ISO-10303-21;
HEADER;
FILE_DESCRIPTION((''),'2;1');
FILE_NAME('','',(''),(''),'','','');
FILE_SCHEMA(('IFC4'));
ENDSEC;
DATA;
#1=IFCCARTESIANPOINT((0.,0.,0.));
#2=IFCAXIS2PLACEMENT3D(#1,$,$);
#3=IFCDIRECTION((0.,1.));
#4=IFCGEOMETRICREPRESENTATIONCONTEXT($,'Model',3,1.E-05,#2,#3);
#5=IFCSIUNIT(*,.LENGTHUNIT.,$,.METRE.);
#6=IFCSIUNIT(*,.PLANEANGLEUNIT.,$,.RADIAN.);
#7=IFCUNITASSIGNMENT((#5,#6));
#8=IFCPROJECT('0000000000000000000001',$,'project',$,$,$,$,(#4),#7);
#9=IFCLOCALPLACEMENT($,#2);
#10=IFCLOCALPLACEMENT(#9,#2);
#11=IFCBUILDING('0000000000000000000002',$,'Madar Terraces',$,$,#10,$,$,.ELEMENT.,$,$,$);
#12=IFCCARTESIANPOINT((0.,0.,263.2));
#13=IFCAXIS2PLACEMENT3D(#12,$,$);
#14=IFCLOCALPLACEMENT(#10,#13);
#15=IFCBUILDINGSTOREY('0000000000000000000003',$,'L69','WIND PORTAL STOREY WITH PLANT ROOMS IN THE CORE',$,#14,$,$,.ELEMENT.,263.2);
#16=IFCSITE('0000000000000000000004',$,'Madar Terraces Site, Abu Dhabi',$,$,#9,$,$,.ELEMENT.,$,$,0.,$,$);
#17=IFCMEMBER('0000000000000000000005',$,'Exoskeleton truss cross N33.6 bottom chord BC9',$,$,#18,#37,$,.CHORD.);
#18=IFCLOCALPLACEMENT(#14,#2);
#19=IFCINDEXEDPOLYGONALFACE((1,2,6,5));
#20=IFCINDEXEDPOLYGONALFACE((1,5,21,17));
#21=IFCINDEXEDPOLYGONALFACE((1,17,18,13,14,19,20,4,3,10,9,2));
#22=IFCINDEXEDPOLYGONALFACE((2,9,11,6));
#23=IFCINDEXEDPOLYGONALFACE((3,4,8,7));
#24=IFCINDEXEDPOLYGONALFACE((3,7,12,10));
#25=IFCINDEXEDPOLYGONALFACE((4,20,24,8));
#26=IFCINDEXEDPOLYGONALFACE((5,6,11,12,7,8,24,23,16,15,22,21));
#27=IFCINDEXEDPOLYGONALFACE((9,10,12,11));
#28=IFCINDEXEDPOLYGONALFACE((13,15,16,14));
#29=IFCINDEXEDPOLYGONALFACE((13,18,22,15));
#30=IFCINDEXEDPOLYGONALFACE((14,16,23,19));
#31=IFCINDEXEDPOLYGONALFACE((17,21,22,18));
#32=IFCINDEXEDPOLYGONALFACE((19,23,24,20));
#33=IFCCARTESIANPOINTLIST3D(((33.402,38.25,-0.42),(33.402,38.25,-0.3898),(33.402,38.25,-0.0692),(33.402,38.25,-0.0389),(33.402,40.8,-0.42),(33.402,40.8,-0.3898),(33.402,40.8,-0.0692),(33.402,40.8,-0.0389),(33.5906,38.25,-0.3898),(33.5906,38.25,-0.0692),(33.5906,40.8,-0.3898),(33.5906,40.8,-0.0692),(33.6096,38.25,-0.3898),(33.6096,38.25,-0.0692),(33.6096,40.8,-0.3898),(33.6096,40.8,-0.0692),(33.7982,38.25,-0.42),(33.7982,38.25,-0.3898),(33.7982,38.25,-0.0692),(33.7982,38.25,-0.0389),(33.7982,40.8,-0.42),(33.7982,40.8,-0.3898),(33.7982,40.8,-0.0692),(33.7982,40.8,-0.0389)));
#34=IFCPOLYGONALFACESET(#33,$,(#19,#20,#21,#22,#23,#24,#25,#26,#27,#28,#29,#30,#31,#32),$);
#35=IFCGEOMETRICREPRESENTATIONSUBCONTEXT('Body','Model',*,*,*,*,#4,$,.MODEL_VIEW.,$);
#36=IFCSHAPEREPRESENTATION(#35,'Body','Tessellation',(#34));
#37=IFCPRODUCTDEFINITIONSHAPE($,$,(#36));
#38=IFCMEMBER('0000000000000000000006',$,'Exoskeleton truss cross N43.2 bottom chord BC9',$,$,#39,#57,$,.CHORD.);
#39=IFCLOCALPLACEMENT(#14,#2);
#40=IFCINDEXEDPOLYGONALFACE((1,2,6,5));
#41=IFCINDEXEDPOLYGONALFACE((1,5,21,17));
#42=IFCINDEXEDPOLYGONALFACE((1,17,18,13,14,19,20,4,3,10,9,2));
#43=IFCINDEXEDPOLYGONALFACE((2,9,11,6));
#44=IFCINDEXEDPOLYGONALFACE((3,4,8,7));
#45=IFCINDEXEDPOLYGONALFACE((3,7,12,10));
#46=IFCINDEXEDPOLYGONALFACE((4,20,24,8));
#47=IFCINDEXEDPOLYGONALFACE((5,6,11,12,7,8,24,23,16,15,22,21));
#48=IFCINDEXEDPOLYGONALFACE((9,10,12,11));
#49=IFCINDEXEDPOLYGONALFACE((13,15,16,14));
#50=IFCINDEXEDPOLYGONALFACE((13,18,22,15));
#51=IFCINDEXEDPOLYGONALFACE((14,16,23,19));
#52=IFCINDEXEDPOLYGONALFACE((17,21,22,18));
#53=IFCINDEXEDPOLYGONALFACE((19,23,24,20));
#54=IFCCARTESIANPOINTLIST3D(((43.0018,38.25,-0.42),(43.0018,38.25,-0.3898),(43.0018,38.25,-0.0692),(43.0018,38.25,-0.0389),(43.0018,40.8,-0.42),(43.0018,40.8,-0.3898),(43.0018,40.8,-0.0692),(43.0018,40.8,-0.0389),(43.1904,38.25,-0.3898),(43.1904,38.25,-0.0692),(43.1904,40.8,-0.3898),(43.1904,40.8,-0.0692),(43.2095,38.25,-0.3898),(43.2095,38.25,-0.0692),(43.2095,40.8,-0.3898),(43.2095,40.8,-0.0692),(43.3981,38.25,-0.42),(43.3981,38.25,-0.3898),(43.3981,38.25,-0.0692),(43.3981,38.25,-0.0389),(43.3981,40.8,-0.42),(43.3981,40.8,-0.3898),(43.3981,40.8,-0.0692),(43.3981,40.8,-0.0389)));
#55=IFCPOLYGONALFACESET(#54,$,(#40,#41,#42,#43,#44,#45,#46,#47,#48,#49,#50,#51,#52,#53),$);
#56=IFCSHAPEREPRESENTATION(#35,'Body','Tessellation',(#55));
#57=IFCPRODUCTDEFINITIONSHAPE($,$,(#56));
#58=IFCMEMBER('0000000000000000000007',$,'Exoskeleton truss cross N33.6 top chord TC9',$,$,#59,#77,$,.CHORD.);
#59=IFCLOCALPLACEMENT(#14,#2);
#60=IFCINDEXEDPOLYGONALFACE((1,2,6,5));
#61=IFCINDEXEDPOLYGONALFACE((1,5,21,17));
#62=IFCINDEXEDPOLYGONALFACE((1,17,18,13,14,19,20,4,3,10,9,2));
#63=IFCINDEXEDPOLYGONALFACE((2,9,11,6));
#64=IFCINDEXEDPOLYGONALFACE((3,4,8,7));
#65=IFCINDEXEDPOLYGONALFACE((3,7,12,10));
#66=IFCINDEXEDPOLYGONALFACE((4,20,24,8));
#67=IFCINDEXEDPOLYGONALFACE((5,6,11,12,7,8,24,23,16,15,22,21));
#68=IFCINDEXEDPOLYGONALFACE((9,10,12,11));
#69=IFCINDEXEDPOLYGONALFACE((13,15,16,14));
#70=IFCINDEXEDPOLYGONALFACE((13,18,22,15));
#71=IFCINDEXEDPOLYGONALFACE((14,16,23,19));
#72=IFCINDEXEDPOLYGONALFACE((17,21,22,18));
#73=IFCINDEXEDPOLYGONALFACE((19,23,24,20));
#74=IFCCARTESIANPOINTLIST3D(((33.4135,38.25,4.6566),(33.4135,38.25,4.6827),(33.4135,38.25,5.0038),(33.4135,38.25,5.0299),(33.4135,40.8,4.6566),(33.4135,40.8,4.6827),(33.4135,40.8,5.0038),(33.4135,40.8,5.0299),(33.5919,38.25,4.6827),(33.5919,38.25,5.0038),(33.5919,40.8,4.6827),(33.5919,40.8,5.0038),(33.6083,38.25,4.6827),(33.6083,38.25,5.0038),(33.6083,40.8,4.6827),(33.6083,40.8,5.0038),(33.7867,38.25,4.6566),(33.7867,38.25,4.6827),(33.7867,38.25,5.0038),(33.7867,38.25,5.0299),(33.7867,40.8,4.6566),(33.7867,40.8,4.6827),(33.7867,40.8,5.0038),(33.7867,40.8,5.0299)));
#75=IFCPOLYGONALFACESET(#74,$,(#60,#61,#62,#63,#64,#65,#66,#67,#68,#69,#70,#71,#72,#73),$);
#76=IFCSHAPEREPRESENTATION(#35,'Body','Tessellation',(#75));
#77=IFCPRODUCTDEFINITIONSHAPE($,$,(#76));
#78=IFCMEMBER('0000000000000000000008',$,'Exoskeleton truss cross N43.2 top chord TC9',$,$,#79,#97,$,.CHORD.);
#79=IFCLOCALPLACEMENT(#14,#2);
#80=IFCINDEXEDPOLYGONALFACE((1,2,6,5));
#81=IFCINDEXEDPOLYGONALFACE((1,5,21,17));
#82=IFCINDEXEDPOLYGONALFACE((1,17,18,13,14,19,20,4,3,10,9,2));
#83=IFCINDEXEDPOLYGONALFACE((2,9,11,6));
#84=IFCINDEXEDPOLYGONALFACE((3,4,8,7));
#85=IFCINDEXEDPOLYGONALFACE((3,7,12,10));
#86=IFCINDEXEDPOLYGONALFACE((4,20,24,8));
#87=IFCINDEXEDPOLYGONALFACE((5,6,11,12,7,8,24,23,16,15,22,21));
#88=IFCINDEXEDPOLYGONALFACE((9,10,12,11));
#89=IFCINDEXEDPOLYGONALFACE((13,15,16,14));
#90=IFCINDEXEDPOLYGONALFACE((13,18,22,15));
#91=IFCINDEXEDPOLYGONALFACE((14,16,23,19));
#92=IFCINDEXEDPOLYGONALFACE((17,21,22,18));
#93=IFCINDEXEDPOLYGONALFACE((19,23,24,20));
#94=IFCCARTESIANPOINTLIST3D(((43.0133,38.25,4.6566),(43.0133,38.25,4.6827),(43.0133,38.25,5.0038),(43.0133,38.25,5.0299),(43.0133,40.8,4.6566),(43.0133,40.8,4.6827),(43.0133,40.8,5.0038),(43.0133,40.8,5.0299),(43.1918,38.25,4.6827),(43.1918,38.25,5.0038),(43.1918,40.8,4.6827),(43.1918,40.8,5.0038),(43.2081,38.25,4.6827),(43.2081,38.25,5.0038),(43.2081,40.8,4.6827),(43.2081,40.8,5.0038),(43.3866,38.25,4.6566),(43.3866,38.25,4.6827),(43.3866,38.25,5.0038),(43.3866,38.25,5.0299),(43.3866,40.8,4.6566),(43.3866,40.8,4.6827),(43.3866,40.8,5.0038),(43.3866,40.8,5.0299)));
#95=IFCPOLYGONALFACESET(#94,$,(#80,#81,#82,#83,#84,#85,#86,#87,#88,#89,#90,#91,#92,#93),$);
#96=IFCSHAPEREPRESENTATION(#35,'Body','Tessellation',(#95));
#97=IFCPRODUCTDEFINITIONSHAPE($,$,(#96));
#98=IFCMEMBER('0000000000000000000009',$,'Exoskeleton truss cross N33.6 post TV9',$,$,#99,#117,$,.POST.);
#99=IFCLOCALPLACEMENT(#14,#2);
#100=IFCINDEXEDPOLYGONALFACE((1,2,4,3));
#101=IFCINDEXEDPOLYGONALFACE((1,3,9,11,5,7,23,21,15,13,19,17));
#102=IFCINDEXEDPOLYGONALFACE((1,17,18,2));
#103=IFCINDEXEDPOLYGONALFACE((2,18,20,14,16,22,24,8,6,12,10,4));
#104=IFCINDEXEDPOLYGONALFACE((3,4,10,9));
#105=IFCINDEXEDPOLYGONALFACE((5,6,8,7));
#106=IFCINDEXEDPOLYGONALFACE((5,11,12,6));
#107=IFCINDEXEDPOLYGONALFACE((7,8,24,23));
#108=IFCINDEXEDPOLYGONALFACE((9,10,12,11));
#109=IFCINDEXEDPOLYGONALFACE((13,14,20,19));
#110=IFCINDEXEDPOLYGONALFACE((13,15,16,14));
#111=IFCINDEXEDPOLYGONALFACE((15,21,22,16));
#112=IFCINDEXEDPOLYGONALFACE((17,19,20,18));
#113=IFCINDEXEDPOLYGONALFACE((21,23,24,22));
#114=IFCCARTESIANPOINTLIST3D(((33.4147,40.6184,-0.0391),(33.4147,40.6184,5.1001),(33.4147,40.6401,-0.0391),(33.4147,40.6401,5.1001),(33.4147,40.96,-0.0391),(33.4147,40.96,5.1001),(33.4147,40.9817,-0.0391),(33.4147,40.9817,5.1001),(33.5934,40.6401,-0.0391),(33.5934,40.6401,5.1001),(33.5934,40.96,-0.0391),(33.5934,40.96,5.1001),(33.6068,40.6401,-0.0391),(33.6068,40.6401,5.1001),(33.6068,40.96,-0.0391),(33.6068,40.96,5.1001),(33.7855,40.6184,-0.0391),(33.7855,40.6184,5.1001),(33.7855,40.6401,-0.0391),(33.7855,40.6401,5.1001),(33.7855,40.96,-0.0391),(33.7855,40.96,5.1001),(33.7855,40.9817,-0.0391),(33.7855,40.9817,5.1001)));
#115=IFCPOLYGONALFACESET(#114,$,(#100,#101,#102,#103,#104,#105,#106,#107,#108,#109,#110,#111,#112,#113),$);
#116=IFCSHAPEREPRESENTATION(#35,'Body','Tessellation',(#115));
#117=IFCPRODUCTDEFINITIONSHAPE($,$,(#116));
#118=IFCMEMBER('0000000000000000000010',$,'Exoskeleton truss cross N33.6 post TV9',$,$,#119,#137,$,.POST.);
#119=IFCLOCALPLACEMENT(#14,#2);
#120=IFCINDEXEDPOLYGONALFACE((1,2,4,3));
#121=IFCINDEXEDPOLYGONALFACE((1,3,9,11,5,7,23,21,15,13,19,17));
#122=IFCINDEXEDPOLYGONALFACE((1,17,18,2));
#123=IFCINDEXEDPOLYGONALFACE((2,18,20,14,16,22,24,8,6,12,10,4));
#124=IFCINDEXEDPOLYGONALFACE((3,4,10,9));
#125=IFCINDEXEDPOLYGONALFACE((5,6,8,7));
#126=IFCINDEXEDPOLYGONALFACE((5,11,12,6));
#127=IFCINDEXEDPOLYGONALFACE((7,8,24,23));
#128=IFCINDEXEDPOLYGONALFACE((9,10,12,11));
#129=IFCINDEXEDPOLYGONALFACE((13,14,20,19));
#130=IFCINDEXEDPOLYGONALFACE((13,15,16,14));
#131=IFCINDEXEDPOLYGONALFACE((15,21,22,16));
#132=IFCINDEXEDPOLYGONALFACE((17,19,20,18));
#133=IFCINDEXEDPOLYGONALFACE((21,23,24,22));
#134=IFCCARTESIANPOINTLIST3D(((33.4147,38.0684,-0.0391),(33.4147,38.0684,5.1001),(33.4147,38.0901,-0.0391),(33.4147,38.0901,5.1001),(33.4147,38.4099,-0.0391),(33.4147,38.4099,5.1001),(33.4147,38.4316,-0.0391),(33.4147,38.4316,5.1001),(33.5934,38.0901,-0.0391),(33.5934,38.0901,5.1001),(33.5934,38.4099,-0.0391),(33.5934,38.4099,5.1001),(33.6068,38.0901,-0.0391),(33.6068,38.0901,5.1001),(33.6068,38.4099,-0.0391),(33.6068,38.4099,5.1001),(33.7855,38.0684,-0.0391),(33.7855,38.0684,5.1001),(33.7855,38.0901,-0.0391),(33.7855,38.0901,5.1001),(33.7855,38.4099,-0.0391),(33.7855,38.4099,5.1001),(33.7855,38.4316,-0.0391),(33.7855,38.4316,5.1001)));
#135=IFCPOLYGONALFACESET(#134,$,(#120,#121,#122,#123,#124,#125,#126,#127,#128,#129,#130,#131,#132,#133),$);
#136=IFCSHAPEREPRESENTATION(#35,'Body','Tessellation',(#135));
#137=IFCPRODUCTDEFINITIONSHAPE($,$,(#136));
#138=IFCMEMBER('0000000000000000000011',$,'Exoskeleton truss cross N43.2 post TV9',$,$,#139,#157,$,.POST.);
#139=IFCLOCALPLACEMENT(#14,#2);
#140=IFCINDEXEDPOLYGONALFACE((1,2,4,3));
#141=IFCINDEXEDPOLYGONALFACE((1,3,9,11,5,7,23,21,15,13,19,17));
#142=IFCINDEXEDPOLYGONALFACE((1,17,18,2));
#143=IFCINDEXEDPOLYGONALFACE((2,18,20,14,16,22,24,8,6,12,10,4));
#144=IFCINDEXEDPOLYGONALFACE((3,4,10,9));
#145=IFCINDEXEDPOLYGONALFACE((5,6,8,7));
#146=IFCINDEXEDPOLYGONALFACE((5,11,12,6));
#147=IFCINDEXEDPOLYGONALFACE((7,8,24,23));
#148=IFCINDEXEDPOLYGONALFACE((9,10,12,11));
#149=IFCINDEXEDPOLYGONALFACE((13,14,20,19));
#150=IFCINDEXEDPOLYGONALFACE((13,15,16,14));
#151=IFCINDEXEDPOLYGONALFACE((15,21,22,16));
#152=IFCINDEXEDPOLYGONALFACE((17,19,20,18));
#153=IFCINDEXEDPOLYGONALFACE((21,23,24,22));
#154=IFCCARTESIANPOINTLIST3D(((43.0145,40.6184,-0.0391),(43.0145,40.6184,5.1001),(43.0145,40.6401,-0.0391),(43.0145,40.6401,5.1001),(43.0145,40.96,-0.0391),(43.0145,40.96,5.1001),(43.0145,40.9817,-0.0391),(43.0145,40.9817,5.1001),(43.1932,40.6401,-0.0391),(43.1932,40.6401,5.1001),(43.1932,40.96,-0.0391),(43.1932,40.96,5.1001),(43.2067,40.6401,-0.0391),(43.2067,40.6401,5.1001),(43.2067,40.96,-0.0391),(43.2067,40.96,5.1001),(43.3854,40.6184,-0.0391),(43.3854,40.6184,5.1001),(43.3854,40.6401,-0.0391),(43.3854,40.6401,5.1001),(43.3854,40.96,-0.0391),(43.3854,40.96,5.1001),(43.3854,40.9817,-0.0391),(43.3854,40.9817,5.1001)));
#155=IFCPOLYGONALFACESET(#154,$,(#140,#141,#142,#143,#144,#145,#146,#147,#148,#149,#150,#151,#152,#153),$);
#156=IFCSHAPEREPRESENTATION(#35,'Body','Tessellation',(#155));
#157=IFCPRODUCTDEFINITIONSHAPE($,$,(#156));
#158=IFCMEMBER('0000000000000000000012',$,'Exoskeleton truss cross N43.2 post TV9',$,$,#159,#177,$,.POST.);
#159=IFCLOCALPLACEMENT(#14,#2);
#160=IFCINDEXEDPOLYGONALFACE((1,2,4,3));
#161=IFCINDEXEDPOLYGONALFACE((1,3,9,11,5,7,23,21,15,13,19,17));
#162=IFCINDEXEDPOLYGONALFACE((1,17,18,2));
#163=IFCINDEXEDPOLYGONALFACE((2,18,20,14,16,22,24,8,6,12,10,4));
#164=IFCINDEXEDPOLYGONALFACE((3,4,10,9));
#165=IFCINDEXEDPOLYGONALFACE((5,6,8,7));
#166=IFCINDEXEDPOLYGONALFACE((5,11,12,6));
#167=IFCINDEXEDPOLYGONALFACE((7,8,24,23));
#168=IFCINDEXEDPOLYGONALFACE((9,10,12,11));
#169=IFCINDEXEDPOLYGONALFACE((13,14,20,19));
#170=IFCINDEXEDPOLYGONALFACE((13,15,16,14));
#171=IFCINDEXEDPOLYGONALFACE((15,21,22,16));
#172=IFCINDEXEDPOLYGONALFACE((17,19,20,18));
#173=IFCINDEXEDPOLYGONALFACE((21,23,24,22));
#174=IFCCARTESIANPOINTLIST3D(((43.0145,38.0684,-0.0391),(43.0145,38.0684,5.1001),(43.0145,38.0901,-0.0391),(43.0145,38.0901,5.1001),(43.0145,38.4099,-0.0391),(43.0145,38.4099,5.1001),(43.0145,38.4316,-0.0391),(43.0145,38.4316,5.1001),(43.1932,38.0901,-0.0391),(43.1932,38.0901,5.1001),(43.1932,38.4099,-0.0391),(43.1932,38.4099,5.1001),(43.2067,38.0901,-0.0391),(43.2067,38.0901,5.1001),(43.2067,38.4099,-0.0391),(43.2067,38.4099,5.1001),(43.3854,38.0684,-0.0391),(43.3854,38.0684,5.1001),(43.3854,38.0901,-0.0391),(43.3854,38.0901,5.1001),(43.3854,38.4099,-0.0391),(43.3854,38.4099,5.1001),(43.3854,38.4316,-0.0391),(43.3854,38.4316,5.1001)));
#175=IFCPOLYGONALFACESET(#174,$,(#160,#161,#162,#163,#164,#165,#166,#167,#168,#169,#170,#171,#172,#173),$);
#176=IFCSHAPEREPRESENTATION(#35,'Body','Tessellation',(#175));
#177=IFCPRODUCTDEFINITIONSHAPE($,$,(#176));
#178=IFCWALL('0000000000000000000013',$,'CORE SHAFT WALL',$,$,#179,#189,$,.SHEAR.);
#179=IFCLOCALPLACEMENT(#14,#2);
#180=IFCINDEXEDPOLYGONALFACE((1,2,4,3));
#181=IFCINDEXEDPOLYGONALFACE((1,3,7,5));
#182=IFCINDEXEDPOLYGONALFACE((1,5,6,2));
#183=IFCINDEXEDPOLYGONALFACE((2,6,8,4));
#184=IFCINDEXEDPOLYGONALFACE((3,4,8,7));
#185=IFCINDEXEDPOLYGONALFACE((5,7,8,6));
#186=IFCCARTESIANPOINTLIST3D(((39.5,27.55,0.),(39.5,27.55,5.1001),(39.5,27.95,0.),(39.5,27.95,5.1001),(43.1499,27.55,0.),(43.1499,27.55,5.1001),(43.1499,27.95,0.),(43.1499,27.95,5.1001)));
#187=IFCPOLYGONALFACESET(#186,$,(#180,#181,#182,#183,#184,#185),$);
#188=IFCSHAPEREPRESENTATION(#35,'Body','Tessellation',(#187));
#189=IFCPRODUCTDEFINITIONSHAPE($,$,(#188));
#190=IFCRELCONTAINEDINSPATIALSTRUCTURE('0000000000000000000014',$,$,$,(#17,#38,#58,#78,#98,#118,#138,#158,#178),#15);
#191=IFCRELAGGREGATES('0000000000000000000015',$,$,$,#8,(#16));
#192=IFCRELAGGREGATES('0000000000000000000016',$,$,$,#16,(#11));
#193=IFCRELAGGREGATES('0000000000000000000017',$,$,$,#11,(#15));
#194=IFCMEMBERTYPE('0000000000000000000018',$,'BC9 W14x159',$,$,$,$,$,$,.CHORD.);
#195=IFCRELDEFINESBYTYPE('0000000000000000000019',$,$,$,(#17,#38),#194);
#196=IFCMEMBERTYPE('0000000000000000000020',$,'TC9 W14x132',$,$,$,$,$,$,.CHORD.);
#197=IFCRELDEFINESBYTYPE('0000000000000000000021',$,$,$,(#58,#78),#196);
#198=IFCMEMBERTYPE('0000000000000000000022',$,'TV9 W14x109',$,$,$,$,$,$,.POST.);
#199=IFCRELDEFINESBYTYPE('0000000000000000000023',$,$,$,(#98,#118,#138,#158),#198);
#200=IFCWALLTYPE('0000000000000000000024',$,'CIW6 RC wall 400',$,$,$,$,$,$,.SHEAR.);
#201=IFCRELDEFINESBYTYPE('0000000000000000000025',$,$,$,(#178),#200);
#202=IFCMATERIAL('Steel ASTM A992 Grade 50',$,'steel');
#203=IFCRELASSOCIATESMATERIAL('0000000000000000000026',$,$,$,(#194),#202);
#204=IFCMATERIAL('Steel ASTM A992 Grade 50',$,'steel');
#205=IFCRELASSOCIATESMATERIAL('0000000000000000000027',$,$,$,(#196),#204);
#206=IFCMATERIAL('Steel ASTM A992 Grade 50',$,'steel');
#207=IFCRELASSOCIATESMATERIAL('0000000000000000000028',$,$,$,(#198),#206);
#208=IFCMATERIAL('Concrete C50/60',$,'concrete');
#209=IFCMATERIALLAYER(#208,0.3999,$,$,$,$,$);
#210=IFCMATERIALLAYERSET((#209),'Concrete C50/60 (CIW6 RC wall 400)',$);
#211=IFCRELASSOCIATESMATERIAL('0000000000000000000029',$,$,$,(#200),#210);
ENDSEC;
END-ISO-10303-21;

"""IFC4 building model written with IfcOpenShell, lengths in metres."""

from ifc_helpers import new_model, si_unit, direction, frame, frame_2d, origin, origin_2d, place, context, subcontext, project, spatial, rectangle, i_section, extrude, material, layer, layer_set, material_profile, profile_set, type_object, element, save


model = new_model("IFC4")

# Units and contexts
model_context = context("Model", 3, precision=1e-05, world=origin(), true_north=direction((0.0, 1.0)))
body_context = subcontext(model_context, "Body", "Model", "MODEL_VIEW")
ifc_project = project(units=[si_unit("LENGTHUNIT", "METRE"), si_unit("PLANEANGLEUNIT", "RADIAN")], contexts=[model_context])

# Site, building, storey
site_placement = place(None, origin())
site = spatial("IfcSite", under=ifc_project, at=site_placement, Name="Madar Terraces Site, Abu Dhabi", CompositionType="ELEMENT", RefElevation=0.0)
building_placement = place(site_placement, origin())
building = spatial("IfcBuilding", under=site, at=building_placement, Name="Madar Terraces", CompositionType="ELEMENT")
storey_placement = place(building_placement, frame((0.0, 0.0, 263.2)))
storey = spatial("IfcBuildingStorey", under=building, at=storey_placement, Name="L69", Description="WIND PORTAL STOREY WITH PLANT ROOMS IN THE CORE", CompositionType="ELEMENT", Elevation=263.2)

# Members
ifc_material_1 = material(Name="Steel ASTM A992 Grade 50", Category="steel")
ifc_material_profile_1 = material_profile(ifc_material_1, i_section(OverallWidth=0.3962, OverallDepth=0.3811, WebThickness=0.019, FlangeThickness=0.0303, at=origin_2d()), Name="W14x159")
ifc_profile_set_1 = profile_set([ifc_material_profile_1], Name="Steel ASTM A992 Grade 50")
member_type_1 = type_object("IfcMemberType", Name="BC9 W14x159", PredefinedType="CHORD", material=ifc_profile_set_1)
for number, where, z_axis, x_axis, name in (
    (1, (33.6001, 40.8, -0.2295), (0.0, -1.0, 0.0), (1.0, 0.0, 0.0), "Exoskeleton truss cross N33.6 bottom chord BC9"),
    (2, (43.2, 40.8, -0.2295), (0.0, -1.0, 0.0), (1.0, 0.0, 0.0), "Exoskeleton truss cross N43.2 bottom chord BC9"),
):
    element("IfcMember", number, at=place(storey_placement, frame(where, z_axis=z_axis, x_axis=x_axis)), inside=storey, type_object=member_type_1, Name=name, PredefinedType="CHORD", context=body_context, shape_type="SweptSolid", body=[
        extrude(i_section(OverallWidth=0.3962, OverallDepth=0.3811, WebThickness=0.019, FlangeThickness=0.0303, at=origin_2d()), origin(), (0.0, 0.0, 1.0), 2.55),
    ])
ifc_material_2 = material(Name="Steel ASTM A992 Grade 50", Category="steel")
ifc_material_profile_2 = material_profile(ifc_material_2, i_section(OverallWidth=0.3733, OverallDepth=0.3733, WebThickness=0.0164, FlangeThickness=0.0261, at=origin_2d()), Name="W14x132")
ifc_profile_set_2 = profile_set([ifc_material_profile_2], Name="Steel ASTM A992 Grade 50")
member_type_2 = type_object("IfcMemberType", Name="TC9 W14x132", PredefinedType="CHORD", material=ifc_profile_set_2)
for number, where, z_axis, x_axis, name in (
    (3, (33.6001, 40.8, 4.8433), (0.0, -1.0, 0.0), (1.0, 0.0, 0.0), "Exoskeleton truss cross N33.6 top chord TC9"),
    (4, (43.2, 40.8, 4.8433), (0.0, -1.0, 0.0), (1.0, 0.0, 0.0), "Exoskeleton truss cross N43.2 top chord TC9"),
):
    element("IfcMember", number, at=place(storey_placement, frame(where, z_axis=z_axis, x_axis=x_axis)), inside=storey, type_object=member_type_2, Name=name, PredefinedType="CHORD", context=body_context, shape_type="SweptSolid", body=[
        extrude(i_section(OverallWidth=0.3733, OverallDepth=0.3733, WebThickness=0.0164, FlangeThickness=0.0261, at=origin_2d()), origin(), (0.0, 0.0, 1.0), 2.55),
    ])
ifc_material_3 = material(Name="Steel ASTM A992 Grade 50", Category="steel")
ifc_material_profile_3 = material_profile(ifc_material_3, i_section(OverallWidth=0.3708, OverallDepth=0.3633, WebThickness=0.0134, FlangeThickness=0.0217, at=origin_2d()), Name="W14x109")
ifc_profile_set_3 = profile_set([ifc_material_profile_3], Name="Steel ASTM A992 Grade 50")
member_type_3 = type_object("IfcMemberType", Name="TV9 W14x109", PredefinedType="POST", material=ifc_profile_set_3)
for number, where, z_axis, x_axis, name in (
    (5, (33.6001, 40.8, -0.0391), (0.0, 0.0, 1.0), (-1.0, 0.0, 0.0), "Exoskeleton truss cross N33.6 post TV9"),
    (6, (33.6001, 38.25, -0.0391), (0.0, 0.0, 1.0), (-1.0, 0.0, 0.0), "Exoskeleton truss cross N33.6 post TV9"),
    (7, (43.2, 40.8, -0.0391), (0.0, 0.0, 1.0), (-1.0, 0.0, 0.0), "Exoskeleton truss cross N43.2 post TV9"),
    (8, (43.2, 38.25, -0.0391), (0.0, 0.0, 1.0), (-1.0, 0.0, 0.0), "Exoskeleton truss cross N43.2 post TV9"),
):
    element("IfcMember", number, at=place(storey_placement, frame(where, z_axis=z_axis, x_axis=x_axis)), inside=storey, type_object=member_type_3, Name=name, PredefinedType="POST", context=body_context, shape_type="SweptSolid", body=[
        extrude(i_section(OverallWidth=0.3708, OverallDepth=0.3633, WebThickness=0.0134, FlangeThickness=0.0217, at=origin_2d()), origin(), (0.0, 0.0, 1.0), 5.1392),
    ])

# Wall
ifc_material_4 = material(Name="Concrete C50/60", Category="concrete")
ifc_layer = layer(ifc_material_4, 0.3999)
ifc_layer_set = layer_set([ifc_layer], Name="Concrete C50/60 (CIW6 RC wall 400)")
wall_type = type_object("IfcWallType", Name="CIW6 RC wall 400", PredefinedType="SHEAR", material=ifc_layer_set)
wall_1_placement = place(storey_placement, frame((39.5, 27.75, 0.0), z_axis=(0.0, 0.0, 1.0), x_axis=(1.0, 0.0, 0.0)))
element("IfcWall", 9, at=wall_1_placement, inside=storey, type_object=wall_type, Name="CORE SHAFT WALL", PredefinedType="SHEAR", context=body_context, shape_type="SweptSolid", body=[
    extrude(rectangle(XDim=3.6499, YDim=0.3999, at=frame_2d((1.825, 0.0))), origin(), (0.0, 0.0, 1.0), 5.1001),
])

save(model, "model.ifc")
